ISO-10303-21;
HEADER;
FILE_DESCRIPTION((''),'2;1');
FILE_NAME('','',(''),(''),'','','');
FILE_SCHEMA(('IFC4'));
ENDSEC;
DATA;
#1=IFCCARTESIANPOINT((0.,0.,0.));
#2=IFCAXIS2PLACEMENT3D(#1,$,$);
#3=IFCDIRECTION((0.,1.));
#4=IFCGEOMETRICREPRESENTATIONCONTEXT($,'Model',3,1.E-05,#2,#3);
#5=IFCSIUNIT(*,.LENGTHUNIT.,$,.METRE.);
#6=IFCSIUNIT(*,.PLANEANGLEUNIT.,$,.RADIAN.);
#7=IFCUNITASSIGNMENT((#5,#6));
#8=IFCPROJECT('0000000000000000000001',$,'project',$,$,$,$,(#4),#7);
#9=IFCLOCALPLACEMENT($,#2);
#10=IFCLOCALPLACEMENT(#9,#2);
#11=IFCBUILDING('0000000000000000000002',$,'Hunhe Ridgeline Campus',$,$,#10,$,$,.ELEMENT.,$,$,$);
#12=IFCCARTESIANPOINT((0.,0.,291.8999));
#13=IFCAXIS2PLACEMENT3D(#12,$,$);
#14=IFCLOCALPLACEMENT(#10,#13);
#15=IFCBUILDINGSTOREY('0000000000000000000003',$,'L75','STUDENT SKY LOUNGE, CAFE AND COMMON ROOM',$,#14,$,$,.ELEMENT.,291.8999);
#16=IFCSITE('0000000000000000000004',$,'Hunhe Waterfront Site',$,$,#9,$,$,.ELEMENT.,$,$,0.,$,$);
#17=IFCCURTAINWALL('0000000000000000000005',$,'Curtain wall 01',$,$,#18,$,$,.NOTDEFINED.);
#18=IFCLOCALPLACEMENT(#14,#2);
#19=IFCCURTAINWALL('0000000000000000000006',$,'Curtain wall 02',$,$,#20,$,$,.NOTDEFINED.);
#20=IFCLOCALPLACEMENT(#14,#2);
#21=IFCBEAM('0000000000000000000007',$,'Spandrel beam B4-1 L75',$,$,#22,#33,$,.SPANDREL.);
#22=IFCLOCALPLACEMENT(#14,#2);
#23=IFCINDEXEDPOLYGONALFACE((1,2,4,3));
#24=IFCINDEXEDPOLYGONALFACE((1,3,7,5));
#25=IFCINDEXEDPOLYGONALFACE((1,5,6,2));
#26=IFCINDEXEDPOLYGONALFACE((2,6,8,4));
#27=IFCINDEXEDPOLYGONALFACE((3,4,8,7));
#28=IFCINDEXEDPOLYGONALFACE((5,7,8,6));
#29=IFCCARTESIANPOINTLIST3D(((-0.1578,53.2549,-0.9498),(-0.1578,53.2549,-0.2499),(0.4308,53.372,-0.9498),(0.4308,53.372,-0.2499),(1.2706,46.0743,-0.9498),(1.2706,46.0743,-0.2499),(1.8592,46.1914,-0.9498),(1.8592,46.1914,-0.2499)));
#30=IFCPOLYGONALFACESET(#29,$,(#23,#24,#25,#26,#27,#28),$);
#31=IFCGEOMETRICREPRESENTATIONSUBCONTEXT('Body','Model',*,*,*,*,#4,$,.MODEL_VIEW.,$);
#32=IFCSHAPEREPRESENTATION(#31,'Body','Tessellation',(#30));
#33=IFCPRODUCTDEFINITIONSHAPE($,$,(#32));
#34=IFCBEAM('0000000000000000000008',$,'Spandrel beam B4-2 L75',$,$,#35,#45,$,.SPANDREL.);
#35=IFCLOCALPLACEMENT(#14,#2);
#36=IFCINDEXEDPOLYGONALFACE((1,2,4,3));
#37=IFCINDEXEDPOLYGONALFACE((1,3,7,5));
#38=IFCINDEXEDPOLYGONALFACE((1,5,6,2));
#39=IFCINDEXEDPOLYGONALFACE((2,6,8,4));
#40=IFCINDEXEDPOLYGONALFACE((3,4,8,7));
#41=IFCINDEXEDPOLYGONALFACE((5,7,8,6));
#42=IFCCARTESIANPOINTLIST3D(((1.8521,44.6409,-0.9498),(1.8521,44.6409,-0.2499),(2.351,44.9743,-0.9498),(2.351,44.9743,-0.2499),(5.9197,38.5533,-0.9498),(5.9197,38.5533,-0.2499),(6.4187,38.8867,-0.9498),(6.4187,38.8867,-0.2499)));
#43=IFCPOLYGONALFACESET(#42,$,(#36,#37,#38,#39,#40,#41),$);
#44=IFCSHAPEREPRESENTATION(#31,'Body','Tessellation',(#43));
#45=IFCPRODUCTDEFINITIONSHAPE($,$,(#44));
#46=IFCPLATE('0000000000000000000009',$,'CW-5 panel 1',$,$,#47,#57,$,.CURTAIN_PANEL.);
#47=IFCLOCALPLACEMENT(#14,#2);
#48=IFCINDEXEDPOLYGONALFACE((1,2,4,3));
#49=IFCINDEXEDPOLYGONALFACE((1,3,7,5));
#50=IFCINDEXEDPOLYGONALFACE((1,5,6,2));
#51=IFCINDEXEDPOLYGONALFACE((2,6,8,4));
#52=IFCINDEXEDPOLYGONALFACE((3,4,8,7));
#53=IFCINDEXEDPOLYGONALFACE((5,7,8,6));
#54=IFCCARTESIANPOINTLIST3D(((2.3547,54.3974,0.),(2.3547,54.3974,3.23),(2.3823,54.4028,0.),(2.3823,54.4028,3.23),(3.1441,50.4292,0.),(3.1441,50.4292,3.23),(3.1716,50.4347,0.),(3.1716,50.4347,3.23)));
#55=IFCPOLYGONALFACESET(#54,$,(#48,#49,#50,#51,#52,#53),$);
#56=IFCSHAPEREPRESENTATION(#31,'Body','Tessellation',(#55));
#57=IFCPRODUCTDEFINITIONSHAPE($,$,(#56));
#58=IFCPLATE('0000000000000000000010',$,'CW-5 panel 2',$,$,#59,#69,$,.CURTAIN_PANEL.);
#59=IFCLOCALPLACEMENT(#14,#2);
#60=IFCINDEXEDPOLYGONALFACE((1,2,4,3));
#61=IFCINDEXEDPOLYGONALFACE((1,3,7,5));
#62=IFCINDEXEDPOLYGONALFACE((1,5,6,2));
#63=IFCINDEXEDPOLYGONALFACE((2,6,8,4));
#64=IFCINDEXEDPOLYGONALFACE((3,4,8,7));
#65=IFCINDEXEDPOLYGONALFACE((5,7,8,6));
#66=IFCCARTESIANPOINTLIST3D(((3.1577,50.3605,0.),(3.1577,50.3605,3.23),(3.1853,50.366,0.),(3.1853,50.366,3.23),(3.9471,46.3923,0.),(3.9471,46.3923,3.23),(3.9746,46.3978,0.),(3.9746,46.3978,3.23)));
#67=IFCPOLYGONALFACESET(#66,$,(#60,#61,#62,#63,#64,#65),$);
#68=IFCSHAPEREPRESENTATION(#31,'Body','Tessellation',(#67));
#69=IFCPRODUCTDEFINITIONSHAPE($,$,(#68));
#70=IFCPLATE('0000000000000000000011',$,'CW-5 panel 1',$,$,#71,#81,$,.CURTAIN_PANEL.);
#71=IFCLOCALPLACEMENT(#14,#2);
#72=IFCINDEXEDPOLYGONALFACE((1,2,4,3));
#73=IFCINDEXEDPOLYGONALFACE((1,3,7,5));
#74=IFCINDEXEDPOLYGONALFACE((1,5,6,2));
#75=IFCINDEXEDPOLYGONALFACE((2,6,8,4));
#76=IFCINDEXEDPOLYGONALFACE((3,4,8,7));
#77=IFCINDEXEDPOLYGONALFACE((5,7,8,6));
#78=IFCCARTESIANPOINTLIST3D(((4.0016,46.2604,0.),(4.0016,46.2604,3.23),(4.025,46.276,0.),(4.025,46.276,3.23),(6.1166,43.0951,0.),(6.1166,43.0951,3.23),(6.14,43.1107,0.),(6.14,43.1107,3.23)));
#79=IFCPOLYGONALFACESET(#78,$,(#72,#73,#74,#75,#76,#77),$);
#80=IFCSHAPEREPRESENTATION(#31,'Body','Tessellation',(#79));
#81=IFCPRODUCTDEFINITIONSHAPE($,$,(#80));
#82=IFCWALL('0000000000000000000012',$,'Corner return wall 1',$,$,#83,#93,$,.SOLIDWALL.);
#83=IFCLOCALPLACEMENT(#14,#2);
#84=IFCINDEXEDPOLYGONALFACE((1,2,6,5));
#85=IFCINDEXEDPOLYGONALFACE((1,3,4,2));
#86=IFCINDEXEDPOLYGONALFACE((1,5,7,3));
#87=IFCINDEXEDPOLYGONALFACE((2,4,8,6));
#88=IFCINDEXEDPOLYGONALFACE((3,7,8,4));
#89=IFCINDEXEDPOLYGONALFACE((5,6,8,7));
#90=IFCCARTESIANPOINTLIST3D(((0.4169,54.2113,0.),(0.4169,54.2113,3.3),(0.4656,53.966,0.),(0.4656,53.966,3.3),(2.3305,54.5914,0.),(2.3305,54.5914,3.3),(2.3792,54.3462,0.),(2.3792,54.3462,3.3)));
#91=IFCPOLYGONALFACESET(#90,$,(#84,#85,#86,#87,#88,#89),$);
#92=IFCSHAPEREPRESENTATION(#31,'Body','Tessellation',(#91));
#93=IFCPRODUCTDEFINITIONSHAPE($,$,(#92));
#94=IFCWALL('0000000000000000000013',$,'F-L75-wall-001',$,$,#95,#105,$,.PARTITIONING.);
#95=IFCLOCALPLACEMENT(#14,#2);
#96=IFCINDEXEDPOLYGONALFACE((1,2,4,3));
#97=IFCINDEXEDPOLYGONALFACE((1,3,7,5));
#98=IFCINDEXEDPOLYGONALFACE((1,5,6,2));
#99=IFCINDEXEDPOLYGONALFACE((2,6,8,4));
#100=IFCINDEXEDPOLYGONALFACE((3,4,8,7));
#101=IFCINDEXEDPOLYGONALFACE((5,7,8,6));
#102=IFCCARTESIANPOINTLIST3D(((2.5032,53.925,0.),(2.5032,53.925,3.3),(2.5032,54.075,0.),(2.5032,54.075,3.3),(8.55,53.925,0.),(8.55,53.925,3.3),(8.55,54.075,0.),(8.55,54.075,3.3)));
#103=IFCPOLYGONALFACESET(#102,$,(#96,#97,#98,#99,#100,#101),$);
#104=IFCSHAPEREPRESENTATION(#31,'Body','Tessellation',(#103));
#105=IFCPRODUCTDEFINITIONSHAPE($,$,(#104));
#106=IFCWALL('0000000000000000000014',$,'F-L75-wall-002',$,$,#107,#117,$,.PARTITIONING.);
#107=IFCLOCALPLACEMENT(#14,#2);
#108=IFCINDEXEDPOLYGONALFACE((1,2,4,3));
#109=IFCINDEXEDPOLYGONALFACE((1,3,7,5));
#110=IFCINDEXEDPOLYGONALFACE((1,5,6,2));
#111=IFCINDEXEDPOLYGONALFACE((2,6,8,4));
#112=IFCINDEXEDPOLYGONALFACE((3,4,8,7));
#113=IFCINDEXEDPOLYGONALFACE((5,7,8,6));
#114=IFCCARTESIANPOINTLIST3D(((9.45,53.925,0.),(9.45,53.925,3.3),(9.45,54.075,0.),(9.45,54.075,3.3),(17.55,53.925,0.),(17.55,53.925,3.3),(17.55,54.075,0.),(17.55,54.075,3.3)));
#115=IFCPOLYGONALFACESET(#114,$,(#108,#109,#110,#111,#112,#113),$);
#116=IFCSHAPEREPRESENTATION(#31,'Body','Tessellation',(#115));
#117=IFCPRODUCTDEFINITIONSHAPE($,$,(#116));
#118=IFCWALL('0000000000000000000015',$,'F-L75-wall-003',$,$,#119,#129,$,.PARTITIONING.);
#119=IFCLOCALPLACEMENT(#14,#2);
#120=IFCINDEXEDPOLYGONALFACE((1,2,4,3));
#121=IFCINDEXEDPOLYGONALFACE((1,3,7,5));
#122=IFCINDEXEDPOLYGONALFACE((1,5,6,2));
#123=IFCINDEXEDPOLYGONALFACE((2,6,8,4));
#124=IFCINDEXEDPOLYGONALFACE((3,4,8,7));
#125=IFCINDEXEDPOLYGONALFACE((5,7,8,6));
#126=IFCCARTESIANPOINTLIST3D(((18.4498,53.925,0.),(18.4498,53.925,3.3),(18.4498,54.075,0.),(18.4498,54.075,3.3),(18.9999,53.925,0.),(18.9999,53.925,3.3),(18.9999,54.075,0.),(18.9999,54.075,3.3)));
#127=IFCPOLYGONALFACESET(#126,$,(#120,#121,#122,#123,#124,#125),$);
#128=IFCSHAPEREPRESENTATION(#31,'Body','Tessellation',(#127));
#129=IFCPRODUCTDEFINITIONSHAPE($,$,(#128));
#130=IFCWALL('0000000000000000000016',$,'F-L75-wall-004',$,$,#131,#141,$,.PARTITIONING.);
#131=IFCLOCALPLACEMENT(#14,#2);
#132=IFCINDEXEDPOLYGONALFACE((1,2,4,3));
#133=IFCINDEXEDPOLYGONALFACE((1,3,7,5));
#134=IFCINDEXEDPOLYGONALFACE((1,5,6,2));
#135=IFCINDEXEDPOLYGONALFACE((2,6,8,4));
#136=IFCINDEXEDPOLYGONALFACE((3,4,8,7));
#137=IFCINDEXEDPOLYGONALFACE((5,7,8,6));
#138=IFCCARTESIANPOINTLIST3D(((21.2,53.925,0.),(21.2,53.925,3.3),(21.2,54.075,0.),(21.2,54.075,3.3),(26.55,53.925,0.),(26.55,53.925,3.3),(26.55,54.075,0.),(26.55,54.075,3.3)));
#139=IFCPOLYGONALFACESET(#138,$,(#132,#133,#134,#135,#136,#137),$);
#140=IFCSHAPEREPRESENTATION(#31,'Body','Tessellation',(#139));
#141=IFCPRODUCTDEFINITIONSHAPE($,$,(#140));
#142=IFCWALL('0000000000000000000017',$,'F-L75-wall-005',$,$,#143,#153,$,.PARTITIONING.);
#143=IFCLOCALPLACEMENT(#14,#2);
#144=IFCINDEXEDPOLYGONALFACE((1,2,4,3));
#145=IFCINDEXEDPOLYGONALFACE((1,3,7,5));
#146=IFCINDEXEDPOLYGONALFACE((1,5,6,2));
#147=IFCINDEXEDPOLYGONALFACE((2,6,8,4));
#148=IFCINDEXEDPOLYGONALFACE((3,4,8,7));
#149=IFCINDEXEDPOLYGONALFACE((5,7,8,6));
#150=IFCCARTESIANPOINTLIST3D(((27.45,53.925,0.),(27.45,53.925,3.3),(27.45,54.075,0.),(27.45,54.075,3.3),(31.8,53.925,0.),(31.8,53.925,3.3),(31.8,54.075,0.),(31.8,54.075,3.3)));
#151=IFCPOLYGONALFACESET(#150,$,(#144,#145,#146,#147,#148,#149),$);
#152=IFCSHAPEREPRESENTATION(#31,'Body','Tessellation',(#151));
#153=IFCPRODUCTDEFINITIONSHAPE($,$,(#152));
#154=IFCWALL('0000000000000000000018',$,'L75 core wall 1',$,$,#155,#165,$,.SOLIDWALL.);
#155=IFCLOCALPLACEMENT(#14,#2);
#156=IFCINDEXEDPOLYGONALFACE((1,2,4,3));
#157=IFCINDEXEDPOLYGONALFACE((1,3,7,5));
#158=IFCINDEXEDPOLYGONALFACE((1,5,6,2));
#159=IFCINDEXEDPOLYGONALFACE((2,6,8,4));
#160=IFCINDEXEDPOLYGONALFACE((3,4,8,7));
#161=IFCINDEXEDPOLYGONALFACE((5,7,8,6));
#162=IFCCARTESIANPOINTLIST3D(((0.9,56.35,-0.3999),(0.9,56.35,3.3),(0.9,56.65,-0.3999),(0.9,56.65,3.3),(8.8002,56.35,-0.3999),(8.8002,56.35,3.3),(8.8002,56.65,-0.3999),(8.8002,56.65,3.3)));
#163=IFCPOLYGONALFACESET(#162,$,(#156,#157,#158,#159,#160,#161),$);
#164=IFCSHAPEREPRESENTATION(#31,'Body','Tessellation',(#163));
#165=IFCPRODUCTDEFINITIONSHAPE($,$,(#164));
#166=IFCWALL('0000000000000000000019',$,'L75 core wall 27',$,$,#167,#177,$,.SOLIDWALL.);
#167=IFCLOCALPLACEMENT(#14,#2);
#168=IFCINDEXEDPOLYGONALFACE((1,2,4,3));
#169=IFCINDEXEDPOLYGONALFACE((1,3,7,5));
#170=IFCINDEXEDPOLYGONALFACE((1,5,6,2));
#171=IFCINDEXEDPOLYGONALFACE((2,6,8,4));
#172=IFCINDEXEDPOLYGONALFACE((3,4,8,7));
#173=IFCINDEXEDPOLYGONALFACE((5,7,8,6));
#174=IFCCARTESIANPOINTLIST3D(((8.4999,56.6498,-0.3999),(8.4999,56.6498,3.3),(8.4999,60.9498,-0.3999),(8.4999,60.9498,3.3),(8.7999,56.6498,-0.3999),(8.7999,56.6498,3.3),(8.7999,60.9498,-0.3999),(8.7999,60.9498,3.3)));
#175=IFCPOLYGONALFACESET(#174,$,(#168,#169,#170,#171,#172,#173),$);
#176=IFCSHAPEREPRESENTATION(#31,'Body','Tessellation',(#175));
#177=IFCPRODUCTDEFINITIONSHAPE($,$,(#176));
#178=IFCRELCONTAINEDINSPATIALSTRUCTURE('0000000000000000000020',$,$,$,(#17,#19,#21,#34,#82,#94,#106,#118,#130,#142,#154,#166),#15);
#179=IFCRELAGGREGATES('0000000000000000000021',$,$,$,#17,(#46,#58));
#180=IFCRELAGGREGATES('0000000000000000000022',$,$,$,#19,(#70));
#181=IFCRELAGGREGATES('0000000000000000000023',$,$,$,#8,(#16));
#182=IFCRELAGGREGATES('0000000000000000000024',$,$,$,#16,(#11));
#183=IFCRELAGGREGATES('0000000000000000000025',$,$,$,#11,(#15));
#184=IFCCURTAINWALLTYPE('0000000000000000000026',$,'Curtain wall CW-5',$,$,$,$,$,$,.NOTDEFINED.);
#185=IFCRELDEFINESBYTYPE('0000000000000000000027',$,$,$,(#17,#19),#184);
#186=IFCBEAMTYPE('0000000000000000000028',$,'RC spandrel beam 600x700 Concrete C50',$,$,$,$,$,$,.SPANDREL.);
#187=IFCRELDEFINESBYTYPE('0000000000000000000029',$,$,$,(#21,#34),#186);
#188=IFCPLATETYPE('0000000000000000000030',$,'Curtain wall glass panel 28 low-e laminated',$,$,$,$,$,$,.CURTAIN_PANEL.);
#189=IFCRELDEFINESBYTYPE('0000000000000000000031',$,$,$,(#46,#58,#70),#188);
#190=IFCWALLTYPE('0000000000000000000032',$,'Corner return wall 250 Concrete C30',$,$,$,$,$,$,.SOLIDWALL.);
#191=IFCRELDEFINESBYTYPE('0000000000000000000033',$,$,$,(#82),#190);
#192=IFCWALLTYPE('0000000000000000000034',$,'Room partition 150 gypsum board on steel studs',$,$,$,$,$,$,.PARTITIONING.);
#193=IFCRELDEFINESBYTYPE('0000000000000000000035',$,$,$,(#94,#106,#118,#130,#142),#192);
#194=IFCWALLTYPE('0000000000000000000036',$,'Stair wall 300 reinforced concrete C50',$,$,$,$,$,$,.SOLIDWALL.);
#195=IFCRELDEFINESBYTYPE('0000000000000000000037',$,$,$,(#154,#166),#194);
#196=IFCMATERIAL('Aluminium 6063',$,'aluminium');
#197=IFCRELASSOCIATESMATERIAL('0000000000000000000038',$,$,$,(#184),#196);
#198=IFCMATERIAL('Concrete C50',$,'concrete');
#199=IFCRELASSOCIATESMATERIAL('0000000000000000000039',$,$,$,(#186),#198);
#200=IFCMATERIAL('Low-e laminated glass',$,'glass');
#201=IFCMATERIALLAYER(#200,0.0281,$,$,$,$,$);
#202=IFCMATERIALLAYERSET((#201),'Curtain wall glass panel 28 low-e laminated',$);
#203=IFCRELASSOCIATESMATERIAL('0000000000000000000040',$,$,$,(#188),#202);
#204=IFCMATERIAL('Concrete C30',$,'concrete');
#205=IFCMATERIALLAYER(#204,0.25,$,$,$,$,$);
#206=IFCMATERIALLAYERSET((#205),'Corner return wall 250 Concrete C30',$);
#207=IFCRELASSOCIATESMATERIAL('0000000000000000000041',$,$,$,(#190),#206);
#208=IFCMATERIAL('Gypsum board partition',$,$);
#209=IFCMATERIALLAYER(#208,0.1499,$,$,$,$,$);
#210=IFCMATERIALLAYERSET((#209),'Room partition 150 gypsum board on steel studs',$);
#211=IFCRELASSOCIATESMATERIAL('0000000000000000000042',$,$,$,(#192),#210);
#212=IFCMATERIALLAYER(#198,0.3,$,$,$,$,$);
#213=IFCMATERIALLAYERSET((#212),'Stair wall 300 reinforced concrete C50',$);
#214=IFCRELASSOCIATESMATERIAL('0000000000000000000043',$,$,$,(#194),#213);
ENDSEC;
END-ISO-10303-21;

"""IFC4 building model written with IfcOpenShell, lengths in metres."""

from ifc_helpers import new_model, si_unit, direction, frame, frame_2d, origin, origin_2d, place, context, subcontext, project, spatial, rectangle, extrude, material, layer, layer_set, material_profile, profile_set, type_object, element, aggregate, save


model = new_model("IFC4")

# Units and contexts
model_context = context("Model", 3, precision=1e-05, world=origin(), true_north=direction((0.0, 1.0)))
body_context = subcontext(model_context, "Body", "Model", "MODEL_VIEW")
ifc_project = project(units=[si_unit("LENGTHUNIT", "METRE"), si_unit("PLANEANGLEUNIT", "RADIAN")], contexts=[model_context])

# Site, building, storey
site_placement = place(None, origin())
site = spatial("IfcSite", under=ifc_project, at=site_placement, Name="Hunhe Waterfront Site", CompositionType="ELEMENT", RefElevation=0.0)
building_placement = place(site_placement, origin())
building = spatial("IfcBuilding", under=site, at=building_placement, Name="Hunhe Ridgeline Campus", CompositionType="ELEMENT")
storey_placement = place(building_placement, frame((0.0, 0.0, 291.8999)))
storey = spatial("IfcBuildingStorey", under=building, at=storey_placement, Name="L75", Description="STUDENT SKY LOUNGE, CAFE AND COMMON ROOM", CompositionType="ELEMENT", Elevation=291.8999)

# Shared definitions
ifc_material_1 = material(Name="Concrete C50", Category="concrete")

# Curtain walls
ifc_material_2 = material(Name="Aluminium 6063", Category="aluminium")
curtain_wall_type = type_object("IfcCurtainWallType", Name="Curtain wall CW-5", PredefinedType="NOTDEFINED", material=ifc_material_2)
curtain_wall_1_placement = place(storey_placement, origin())
curtain_wall_1 = element("IfcCurtainWall", 1, at=curtain_wall_1_placement, inside=storey, type_object=curtain_wall_type, Name="Curtain wall 01", PredefinedType="NOTDEFINED")
curtain_wall_2_placement = place(storey_placement, origin())
curtain_wall_2 = element("IfcCurtainWall", 2, at=curtain_wall_2_placement, inside=storey, type_object=curtain_wall_type, Name="Curtain wall 02", PredefinedType="NOTDEFINED")

# Beams
ifc_material_profile_1 = material_profile(ifc_material_1, rectangle(XDim=0.6001, YDim=0.7, at=origin_2d()))
ifc_profile_set_1 = profile_set([ifc_material_profile_1], Name="Concrete C50")
beam_type = type_object("IfcBeamType", Name="RC spandrel beam 600x700 Concrete C50", PredefinedType="SPANDREL", material=ifc_profile_set_1)
beam_1_placement = place(storey_placement, frame((0.1365, 53.3135, -0.5999), z_axis=(0.195109, -0.980782, 0.0), x_axis=(0.980782, 0.195109, 0.0)))
element("IfcBeam", 3, at=beam_1_placement, inside=storey, type_object=beam_type, Name="Spandrel beam B4-1 L75", PredefinedType="SPANDREL", context=body_context, shape_type="SweptSolid", body=[
    extrude(rectangle(XDim=0.6001, YDim=0.7, at=origin_2d()), origin(), (0.0, 0.0, 1.0), 7.3213),
])
beam_2_placement = place(storey_placement, frame((2.1016, 44.8076, -0.5999), z_axis=(0.555569, -0.83147, 0.0), x_axis=(0.83147, 0.555569, 0.0)))
element("IfcBeam", 4, at=beam_2_placement, inside=storey, type_object=beam_type, Name="Spandrel beam B4-2 L75", PredefinedType="SPANDREL", context=body_context, shape_type="SweptSolid", body=[
    extrude(rectangle(XDim=0.6001, YDim=0.7, at=origin_2d()), origin(), (0.0, 0.0, 1.0), 7.3215),
])

# Plates
ifc_material_3 = material(Name="Low-e laminated glass", Category="glass")
ifc_layer_1 = layer(ifc_material_3, 0.0281)
ifc_layer_set_1 = layer_set([ifc_layer_1], Name="Curtain wall glass panel 28 low-e laminated")
plate_type = type_object("IfcPlateType", Name="Curtain wall glass panel 28 low-e laminated", PredefinedType="CURTAIN_PANEL", material=ifc_layer_set_1)
plate_1_placement = place(storey_placement, frame((2.7632, 52.416, 0.0), z_axis=(0.0, 0.0, 1.0), x_axis=(0.195095, -0.980784, 0.0)))
plate_1 = element("IfcPlate", 5, at=plate_1_placement, type_object=plate_type, Name="CW-5 panel 1", PredefinedType="CURTAIN_PANEL", context=body_context, shape_type="SweptSolid", body=[
    extrude(rectangle(XDim=4.0459, YDim=0.0281, at=origin_2d()), origin(), (0.0, 0.0, 1.0), 3.23),
])
plate_2_placement = place(storey_placement, frame((3.5662, 48.3792, 0.0), z_axis=(0.0, 0.0, 1.0), x_axis=(0.195095, -0.980784, 0.0)))
plate_2 = element("IfcPlate", 6, at=plate_2_placement, type_object=plate_type, Name="CW-5 panel 2", PredefinedType="CURTAIN_PANEL", context=body_context, shape_type="SweptSolid", body=[
    extrude(rectangle(XDim=4.0459, YDim=0.0281, at=origin_2d()), origin(), (0.0, 0.0, 1.0), 3.23),
])
aggregate(curtain_wall_1, [plate_1, plate_2])
plate_3_placement = place(storey_placement, frame((5.0708, 44.6855, 0.0), z_axis=(0.0, 0.0, 1.0), x_axis=(0.55557, -0.83147, 0.0)))
plate_3 = element("IfcPlate", 7, at=plate_3_placement, type_object=plate_type, Name="CW-5 panel 1", PredefinedType="CURTAIN_PANEL", context=body_context, shape_type="SweptSolid", body=[
    extrude(rectangle(XDim=3.8069, YDim=0.0281, at=origin_2d()), origin(), (0.0, 0.0, 1.0), 3.23),
])
aggregate(curtain_wall_2, [plate_3])

# Walls
ifc_material_4 = material(Name="Concrete C30", Category="concrete")
ifc_layer_2 = layer(ifc_material_4, 0.25)
ifc_layer_set_2 = layer_set([ifc_layer_2], Name="Corner return wall 250 Concrete C30")
wall_type_1 = type_object("IfcWallType", Name="Corner return wall 250 Concrete C30", PredefinedType="SOLIDWALL", material=ifc_layer_set_2)
wall_1_placement = place(storey_placement, frame((0.4412, 54.0886, 0.0), z_axis=(0.0, 0.0, 1.0), x_axis=(0.980835, 0.194841, 0.0)))
element("IfcWall", 8, at=wall_1_placement, inside=storey, type_object=wall_type_1, Name="Corner return wall 1", PredefinedType="SOLIDWALL", context=body_context, shape_type="SweptSolid", body=[
    extrude(rectangle(XDim=1.9509, YDim=0.25, at=frame_2d((0.9756, 0.0))), origin(), (0.0, 0.0, 1.0), 3.3),
])
ifc_material_5 = material(Name="Gypsum board partition")
ifc_layer_3 = layer(ifc_material_5, 0.1499)
ifc_layer_set_3 = layer_set([ifc_layer_3], Name="Room partition 150 gypsum board on steel studs")
wall_type_2 = type_object("IfcWallType", Name="Room partition 150 gypsum board on steel studs", PredefinedType="PARTITIONING", material=ifc_layer_set_3)
wall_2_placement = place(storey_placement, frame((2.5032, 54.0, 0.0), z_axis=(0.0, 0.0, 1.0), x_axis=(1.0, 0.0, 0.0)))
element("IfcWall", 9, at=wall_2_placement, inside=storey, type_object=wall_type_2, Name="F-L75-wall-001", PredefinedType="PARTITIONING", context=body_context, shape_type="SweptSolid", body=[
    extrude(rectangle(XDim=6.0469, YDim=0.1499, at=frame_2d((3.0234, 0.0))), origin(), (0.0, 0.0, 1.0), 3.3),
])
wall_3_placement = place(storey_placement, frame((9.45, 54.0, 0.0), z_axis=(0.0, 0.0, 1.0), x_axis=(1.0, 0.0, 0.0)))
element("IfcWall", 10, at=wall_3_placement, inside=storey, type_object=wall_type_2, Name="F-L75-wall-002", PredefinedType="PARTITIONING", context=body_context, shape_type="SweptSolid", body=[
    extrude(rectangle(XDim=8.1001, YDim=0.1499, at=frame_2d((4.05, 0.0))), origin(), (0.0, 0.0, 1.0), 3.3),
])
wall_4_placement = place(storey_placement, frame((18.45, 54.0, 0.0), z_axis=(0.0, 0.0, 1.0), x_axis=(1.0, 0.0, 0.0)))
element("IfcWall", 11, at=wall_4_placement, inside=storey, type_object=wall_type_2, Name="F-L75-wall-003", PredefinedType="PARTITIONING", context=body_context, shape_type="SweptSolid", body=[
    extrude(rectangle(XDim=0.55, YDim=0.1499, at=frame_2d((0.2749, 0.0))), origin(), (0.0, 0.0, 1.0), 3.3),
])
wall_5_placement = place(storey_placement, frame((21.2, 54.0, 0.0), z_axis=(0.0, 0.0, 1.0), x_axis=(1.0, 0.0, 0.0)))
element("IfcWall", 12, at=wall_5_placement, inside=storey, type_object=wall_type_2, Name="F-L75-wall-004", PredefinedType="PARTITIONING", context=body_context, shape_type="SweptSolid", body=[
    extrude(rectangle(XDim=5.3501, YDim=0.1499, at=frame_2d((2.675, 0.0))), origin(), (0.0, 0.0, 1.0), 3.3),
])
wall_6_placement = place(storey_placement, frame((27.45, 54.0, 0.0), z_axis=(0.0, 0.0, 1.0), x_axis=(1.0, 0.0, 0.0)))
element("IfcWall", 13, at=wall_6_placement, inside=storey, type_object=wall_type_2, Name="F-L75-wall-005", PredefinedType="PARTITIONING", context=body_context, shape_type="SweptSolid", body=[
    extrude(rectangle(XDim=4.3501, YDim=0.1499, at=frame_2d((2.175, 0.0))), origin(), (0.0, 0.0, 1.0), 3.3),
])
ifc_layer_4 = layer(ifc_material_1, 0.3)
ifc_layer_set_4 = layer_set([ifc_layer_4], Name="Stair wall 300 reinforced concrete C50")
wall_type_3 = type_object("IfcWallType", Name="Stair wall 300 reinforced concrete C50", PredefinedType="SOLIDWALL", material=ifc_layer_set_4)
wall_7_placement = place(storey_placement, frame((0.8999, 56.5, -0.3999), z_axis=(0.0, 0.0, 1.0), x_axis=(1.0, 0.0, 0.0)))
element("IfcWall", 14, at=wall_7_placement, inside=storey, type_object=wall_type_3, Name="L75 core wall 1", PredefinedType="SOLIDWALL", context=body_context, shape_type="SweptSolid", body=[
    extrude(rectangle(XDim=7.9001, YDim=0.3, at=frame_2d((3.9502, 0.0))), origin(), (0.0, 0.0, 1.0), 3.7),
])
wall_8_placement = place(storey_placement, frame((8.6499, 56.6499, -0.3999), z_axis=(0.0, 0.0, 1.0), x_axis=(0.0, 1.0, 0.0)))
element("IfcWall", 15, at=wall_8_placement, inside=storey, type_object=wall_type_3, Name="L75 core wall 27", PredefinedType="SOLIDWALL", context=body_context, shape_type="SweptSolid", body=[
    extrude(rectangle(XDim=4.3, YDim=0.3, at=frame_2d((2.1499, 0.0))), origin(), (0.0, 0.0, 1.0), 3.7),
])

save(model, "model.ifc")
